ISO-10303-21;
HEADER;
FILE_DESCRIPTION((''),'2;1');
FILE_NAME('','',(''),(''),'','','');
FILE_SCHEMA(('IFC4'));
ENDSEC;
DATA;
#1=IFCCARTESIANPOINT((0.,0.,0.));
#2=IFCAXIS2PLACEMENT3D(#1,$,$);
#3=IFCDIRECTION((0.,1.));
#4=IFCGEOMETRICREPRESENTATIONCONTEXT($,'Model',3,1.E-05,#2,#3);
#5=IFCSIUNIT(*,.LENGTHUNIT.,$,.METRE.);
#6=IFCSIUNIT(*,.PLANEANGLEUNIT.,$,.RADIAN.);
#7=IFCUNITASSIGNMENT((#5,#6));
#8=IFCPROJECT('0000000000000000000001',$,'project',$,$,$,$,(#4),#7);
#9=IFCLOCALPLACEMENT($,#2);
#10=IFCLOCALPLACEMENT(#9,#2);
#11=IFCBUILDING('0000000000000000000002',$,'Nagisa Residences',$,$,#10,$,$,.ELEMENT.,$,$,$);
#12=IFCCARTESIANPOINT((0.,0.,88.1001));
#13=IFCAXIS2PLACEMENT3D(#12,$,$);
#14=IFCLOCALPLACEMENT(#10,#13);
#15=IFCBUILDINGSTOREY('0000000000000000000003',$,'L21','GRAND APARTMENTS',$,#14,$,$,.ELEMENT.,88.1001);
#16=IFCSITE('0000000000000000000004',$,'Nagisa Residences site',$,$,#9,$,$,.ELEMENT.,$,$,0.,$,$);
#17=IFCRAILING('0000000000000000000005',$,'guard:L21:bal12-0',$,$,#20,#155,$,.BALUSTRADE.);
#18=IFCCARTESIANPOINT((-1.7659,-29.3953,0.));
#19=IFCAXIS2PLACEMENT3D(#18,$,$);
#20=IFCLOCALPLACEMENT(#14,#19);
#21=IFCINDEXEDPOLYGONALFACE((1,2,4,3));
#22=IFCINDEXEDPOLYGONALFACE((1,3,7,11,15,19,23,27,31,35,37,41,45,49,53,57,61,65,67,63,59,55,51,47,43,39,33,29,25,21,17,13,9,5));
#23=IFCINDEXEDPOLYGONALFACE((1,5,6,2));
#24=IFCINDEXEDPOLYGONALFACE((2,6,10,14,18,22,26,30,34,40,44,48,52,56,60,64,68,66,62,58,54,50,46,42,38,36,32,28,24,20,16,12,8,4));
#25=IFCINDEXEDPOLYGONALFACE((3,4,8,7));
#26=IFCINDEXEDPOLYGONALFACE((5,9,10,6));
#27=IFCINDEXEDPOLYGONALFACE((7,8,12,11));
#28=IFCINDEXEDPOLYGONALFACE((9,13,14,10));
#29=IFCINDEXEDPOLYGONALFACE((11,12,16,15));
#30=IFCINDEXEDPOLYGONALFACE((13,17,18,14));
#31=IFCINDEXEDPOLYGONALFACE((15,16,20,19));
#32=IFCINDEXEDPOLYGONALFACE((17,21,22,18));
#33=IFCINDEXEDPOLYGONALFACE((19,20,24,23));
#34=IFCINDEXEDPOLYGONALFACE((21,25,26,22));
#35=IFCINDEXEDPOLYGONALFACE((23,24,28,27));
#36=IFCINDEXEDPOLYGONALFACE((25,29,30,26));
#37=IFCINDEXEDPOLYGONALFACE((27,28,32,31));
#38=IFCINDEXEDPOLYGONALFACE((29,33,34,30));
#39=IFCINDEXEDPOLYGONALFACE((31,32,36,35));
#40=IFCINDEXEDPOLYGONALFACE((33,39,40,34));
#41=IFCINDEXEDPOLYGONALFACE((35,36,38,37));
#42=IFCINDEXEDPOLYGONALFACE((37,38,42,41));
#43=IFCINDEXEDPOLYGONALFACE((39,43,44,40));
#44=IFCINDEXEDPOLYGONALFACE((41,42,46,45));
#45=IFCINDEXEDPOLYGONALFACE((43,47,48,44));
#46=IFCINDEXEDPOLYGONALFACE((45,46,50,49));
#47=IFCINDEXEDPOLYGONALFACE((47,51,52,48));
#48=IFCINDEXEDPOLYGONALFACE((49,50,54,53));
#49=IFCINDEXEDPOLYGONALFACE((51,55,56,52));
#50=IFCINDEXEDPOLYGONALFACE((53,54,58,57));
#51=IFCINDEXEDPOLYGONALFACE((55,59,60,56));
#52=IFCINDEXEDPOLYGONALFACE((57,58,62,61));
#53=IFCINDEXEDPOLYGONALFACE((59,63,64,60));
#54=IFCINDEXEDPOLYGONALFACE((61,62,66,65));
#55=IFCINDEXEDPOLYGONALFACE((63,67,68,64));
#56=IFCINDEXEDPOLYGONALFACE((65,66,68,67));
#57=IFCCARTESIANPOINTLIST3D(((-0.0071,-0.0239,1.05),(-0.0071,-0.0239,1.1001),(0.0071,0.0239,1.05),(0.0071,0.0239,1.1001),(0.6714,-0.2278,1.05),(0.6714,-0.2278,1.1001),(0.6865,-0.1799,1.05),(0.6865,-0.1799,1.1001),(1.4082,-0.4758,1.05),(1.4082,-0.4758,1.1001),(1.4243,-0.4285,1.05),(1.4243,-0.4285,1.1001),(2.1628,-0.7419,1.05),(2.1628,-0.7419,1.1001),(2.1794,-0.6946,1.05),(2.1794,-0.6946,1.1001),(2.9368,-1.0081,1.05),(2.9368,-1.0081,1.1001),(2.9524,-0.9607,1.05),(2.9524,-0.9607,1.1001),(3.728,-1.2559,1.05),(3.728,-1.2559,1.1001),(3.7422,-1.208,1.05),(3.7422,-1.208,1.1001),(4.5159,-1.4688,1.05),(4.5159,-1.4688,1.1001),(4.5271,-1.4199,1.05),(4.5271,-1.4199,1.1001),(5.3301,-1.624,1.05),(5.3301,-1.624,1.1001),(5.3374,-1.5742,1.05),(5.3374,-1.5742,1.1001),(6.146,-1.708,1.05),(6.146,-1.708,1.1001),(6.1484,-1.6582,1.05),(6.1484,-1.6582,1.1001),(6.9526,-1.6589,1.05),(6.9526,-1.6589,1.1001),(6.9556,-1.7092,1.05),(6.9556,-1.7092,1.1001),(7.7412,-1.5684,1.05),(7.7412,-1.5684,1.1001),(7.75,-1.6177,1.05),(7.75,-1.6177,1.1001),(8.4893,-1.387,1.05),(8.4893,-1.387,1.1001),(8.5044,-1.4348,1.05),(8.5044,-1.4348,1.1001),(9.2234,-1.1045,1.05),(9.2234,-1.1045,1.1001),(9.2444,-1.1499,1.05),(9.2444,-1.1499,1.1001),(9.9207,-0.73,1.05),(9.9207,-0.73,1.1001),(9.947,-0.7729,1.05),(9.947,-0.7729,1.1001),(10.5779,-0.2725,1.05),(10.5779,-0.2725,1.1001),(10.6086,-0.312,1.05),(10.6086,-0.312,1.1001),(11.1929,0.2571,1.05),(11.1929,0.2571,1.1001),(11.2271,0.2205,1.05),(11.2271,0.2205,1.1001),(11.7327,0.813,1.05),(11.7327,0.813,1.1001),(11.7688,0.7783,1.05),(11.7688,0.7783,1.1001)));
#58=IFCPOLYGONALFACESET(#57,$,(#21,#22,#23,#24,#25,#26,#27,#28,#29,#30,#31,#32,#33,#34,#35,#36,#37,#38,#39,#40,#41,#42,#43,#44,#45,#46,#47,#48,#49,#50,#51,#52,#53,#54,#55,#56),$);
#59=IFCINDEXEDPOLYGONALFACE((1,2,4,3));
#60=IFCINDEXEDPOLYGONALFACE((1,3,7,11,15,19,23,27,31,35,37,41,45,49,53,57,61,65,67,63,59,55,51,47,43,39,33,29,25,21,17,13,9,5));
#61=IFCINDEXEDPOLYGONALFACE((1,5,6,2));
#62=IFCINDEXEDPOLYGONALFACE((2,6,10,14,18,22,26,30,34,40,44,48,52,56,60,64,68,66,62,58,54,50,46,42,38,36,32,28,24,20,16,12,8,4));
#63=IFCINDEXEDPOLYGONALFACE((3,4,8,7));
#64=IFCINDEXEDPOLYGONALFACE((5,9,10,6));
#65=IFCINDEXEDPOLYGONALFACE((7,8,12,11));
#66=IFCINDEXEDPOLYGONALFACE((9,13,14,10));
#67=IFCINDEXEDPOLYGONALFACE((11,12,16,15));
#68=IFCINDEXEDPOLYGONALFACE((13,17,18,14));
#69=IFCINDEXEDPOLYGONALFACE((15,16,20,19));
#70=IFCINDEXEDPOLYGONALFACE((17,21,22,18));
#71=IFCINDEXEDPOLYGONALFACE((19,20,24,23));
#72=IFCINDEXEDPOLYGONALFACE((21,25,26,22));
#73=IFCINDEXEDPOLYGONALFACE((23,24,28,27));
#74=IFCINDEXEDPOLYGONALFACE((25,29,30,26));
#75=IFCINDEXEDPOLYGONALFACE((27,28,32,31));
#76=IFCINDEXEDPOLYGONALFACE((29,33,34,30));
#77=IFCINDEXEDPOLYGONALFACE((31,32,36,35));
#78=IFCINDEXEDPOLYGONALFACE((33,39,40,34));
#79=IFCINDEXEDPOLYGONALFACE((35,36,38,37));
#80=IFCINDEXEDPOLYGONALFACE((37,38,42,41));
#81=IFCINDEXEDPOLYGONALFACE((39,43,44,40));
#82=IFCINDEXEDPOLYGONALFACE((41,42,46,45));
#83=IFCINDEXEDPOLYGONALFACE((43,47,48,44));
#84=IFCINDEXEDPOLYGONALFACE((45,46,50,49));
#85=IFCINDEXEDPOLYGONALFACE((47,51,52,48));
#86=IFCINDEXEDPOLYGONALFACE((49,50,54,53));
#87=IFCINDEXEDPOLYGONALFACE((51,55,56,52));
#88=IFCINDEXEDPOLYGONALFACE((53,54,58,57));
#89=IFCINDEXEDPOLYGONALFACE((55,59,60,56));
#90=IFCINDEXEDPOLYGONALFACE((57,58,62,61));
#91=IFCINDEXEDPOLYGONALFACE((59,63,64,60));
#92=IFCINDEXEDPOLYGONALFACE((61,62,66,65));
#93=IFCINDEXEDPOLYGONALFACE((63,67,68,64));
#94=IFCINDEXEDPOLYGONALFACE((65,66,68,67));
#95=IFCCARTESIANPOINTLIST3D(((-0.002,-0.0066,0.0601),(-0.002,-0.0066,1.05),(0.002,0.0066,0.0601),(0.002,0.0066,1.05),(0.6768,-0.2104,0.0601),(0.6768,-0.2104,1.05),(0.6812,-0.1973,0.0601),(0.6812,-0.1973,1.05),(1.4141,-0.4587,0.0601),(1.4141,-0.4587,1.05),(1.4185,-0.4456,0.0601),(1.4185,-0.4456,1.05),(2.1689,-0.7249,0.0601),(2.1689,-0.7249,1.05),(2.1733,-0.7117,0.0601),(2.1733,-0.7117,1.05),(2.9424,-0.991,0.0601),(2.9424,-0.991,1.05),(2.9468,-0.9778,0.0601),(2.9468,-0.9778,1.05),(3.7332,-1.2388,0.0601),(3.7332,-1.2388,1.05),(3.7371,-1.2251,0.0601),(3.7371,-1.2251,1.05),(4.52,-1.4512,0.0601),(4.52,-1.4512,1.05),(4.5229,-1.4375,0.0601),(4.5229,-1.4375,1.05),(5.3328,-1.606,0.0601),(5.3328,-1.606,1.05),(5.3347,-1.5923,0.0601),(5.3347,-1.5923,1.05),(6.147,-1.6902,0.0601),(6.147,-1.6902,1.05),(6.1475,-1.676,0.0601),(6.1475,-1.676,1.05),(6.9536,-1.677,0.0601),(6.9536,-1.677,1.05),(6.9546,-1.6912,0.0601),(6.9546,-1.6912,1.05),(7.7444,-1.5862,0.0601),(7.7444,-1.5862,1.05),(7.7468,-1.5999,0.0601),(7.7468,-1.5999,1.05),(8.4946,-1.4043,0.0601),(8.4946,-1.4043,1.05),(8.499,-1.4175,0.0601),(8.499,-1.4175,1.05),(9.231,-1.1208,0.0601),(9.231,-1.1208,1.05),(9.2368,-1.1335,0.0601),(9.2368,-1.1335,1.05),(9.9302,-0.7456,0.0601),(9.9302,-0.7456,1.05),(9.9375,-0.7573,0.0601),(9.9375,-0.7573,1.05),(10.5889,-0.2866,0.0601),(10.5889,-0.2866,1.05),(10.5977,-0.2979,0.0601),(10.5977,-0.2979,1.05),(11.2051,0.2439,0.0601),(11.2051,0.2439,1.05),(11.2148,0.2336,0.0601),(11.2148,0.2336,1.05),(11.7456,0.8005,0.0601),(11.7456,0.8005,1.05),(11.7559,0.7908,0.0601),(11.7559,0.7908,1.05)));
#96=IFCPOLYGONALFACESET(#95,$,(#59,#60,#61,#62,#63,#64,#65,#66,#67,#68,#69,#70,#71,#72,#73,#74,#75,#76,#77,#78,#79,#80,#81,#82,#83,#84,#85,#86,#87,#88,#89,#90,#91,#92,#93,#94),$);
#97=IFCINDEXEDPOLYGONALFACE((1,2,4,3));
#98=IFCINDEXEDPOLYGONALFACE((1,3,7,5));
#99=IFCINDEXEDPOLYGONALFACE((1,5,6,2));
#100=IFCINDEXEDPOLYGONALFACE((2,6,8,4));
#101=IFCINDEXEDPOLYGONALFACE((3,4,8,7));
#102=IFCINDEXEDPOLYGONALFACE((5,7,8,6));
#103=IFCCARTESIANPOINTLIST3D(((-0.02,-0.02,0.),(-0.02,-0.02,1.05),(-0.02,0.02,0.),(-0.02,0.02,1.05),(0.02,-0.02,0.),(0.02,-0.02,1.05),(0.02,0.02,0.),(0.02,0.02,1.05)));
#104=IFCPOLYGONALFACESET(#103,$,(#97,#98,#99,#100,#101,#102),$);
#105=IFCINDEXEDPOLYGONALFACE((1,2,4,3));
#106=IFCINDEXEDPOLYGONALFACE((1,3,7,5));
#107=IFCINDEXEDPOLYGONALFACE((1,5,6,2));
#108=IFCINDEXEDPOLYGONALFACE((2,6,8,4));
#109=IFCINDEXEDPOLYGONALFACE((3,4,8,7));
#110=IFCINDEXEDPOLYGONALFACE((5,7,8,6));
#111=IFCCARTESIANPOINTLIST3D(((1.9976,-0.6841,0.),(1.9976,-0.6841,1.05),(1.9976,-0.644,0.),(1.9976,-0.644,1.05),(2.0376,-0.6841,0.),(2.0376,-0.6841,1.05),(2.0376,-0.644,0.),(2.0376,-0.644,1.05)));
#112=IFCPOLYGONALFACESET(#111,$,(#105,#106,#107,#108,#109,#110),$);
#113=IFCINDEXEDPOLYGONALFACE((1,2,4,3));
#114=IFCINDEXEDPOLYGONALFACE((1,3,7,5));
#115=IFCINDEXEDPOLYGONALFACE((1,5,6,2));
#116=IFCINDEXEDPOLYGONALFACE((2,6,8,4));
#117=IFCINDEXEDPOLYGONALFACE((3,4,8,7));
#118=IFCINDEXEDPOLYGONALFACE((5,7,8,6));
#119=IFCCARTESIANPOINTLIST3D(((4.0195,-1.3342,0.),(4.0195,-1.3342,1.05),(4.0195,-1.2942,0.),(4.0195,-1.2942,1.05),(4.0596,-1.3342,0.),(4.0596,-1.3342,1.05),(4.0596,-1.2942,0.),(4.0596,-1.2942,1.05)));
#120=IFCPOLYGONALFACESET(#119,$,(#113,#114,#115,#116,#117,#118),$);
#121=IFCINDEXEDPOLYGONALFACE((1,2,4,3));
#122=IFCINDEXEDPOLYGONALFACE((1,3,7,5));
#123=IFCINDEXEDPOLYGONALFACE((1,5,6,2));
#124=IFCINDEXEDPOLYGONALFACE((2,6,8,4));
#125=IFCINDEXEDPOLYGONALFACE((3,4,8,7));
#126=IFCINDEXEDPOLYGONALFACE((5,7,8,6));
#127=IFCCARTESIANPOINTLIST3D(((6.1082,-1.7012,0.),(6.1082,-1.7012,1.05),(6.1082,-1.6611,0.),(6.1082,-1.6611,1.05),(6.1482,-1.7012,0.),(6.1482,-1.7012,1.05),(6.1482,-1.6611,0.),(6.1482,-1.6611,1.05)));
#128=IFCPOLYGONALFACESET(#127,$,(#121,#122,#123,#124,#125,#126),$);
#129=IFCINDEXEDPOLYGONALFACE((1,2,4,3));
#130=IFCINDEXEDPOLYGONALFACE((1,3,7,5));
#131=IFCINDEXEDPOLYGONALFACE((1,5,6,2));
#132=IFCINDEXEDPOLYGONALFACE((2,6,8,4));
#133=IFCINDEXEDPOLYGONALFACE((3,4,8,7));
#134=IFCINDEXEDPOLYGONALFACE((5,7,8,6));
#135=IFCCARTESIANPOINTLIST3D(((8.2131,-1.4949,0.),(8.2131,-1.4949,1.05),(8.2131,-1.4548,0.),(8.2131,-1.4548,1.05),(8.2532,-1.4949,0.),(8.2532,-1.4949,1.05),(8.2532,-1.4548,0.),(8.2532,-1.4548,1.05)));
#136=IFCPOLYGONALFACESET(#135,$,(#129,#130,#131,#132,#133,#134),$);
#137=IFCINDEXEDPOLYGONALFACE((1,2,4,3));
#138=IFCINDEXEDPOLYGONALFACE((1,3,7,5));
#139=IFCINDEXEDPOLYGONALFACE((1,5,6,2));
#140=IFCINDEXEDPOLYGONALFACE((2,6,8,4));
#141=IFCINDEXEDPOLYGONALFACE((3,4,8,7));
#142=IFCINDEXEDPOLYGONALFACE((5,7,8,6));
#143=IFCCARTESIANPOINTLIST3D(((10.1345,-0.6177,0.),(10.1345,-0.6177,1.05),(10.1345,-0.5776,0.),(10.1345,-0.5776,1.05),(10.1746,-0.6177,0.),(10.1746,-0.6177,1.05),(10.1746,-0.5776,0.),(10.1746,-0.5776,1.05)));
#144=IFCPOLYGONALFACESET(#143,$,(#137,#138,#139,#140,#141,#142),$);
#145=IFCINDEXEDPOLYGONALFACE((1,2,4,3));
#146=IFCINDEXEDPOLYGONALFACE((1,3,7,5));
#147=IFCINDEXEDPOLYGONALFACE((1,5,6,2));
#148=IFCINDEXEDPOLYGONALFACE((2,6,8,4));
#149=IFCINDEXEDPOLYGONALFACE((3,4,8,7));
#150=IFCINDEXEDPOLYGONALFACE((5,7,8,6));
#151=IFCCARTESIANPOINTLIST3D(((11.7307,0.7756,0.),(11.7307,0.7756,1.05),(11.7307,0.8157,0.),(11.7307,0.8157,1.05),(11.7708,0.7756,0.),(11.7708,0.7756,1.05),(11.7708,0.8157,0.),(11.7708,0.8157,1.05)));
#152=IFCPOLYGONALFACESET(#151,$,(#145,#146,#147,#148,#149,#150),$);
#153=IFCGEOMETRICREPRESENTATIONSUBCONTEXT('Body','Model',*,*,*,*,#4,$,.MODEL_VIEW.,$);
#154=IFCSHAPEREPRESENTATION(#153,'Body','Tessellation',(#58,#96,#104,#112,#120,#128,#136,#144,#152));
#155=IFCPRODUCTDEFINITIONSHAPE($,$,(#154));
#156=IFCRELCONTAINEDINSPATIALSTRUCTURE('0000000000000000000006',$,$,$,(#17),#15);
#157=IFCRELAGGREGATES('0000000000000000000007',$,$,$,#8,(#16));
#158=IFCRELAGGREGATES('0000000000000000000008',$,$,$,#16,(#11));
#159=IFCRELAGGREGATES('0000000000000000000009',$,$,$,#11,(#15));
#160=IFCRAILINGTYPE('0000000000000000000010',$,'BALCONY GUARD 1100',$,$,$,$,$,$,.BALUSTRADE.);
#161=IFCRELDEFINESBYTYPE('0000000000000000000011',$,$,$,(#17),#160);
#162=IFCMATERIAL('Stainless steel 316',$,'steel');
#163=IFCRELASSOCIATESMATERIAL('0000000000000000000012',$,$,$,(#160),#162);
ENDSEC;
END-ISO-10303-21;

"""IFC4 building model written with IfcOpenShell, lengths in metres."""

from ifc_helpers import new_model, si_unit, direction, frame, origin, origin_2d, place, context, subcontext, project, spatial, polyline, rectangle, outline, extrude, material, type_object, element, save


model = new_model("IFC4")

# Units and contexts
model_context = context("Model", 3, precision=1e-05, world=origin(), true_north=direction((0.0, 1.0)))
body_context = subcontext(model_context, "Body", "Model", "MODEL_VIEW")
ifc_project = project(units=[si_unit("LENGTHUNIT", "METRE"), si_unit("PLANEANGLEUNIT", "RADIAN")], contexts=[model_context])

# Site, building, storey
site_placement = place(None, origin())
site = spatial("IfcSite", under=ifc_project, at=site_placement, Name="Nagisa Residences site", CompositionType="ELEMENT", RefElevation=0.0)
building_placement = place(site_placement, origin())
building = spatial("IfcBuilding", under=site, at=building_placement, Name="Nagisa Residences", CompositionType="ELEMENT")
storey_placement = place(building_placement, frame((0.0, 0.0, 88.1001)))
storey = spatial("IfcBuildingStorey", under=building, at=storey_placement, Name="L21", Description="GRAND APARTMENTS", CompositionType="ELEMENT", Elevation=88.1001)

# Railing
ifc_material_1 = material(Name="Stainless steel 316", Category="steel")
railing_type = type_object("IfcRailingType", Name="BALCONY GUARD 1100", PredefinedType="BALUSTRADE", material=ifc_material_1)
railing_placement = place(storey_placement, frame((-1.7659, -29.3953, 0.0)))
element("IfcRailing", 1, at=railing_placement, inside=storey, type_object=railing_type, Name="guard:L21:bal12-0", PredefinedType="BALUSTRADE", context=body_context, shape_type="SweptSolid", body=[
    extrude(outline(polyline([(0.6865, -0.1799), (0.0071, 0.0239), (-0.0071, -0.0239), (0.6714, -0.2278), (1.4082, -0.4758), (2.1628, -0.7419), (2.9368, -1.0081), (3.728, -1.2559), (4.5159, -1.4688), (5.3301, -1.624), (6.146, -1.708), (6.9556, -1.7092), (7.75, -1.6177), (8.5044, -1.4348), (9.2444, -1.1499), (9.947, -0.7729), (10.6086, -0.312), (11.2271, 0.2205), (11.7688, 0.7783), (11.7327, 0.813), (11.1929, 0.2571), (10.5779, -0.2725), (9.9207, -0.73), (9.2234, -1.1045), (8.4893, -1.387), (7.7412, -1.5684), (6.9526, -1.6589), (6.1484, -1.6582), (5.3374, -1.5742), (4.5271, -1.4199), (3.7422, -1.208), (2.9524, -0.9607), (2.1794, -0.6946), (1.4243, -0.4285), (0.6865, -0.1799)])), frame((0.0, 0.0, 1.05)), (0.0, 0.0, 1.0), 0.05),
    extrude(outline(polyline([(0.6812, -0.1973), (0.002, 0.0066), (-0.002, -0.0066), (0.6768, -0.2104), (1.4141, -0.4587), (2.1689, -0.7249), (2.9424, -0.991), (3.7332, -1.2388), (4.52, -1.4512), (5.3328, -1.606), (6.147, -1.6902), (6.9546, -1.6912), (7.7468, -1.5999), (8.499, -1.4175), (9.2368, -1.1335), (9.9375, -0.7573), (10.5977, -0.2979), (11.2148, 0.2336), (11.7559, 0.7908), (11.7456, 0.8005), (11.2051, 0.2439), (10.5889, -0.2866), (9.9302, -0.7456), (9.231, -1.1208), (8.4946, -1.4043), (7.7444, -1.5862), (6.9536, -1.677), (6.1475, -1.676), (5.3347, -1.5923), (4.5229, -1.4375), (3.7371, -1.2251), (2.9468, -0.9778), (2.1733, -0.7117), (1.4185, -0.4456), (0.6812, -0.1973)])), frame((0.0, 0.0, 0.0601)), (0.0, 0.0, 1.0), 0.99),
    extrude(rectangle(XDim=0.04, YDim=0.04, at=origin_2d()), origin(), (0.0, 0.0, 1.0), 1.05),
    extrude(rectangle(XDim=0.04, YDim=0.04, at=origin_2d()), frame((2.0176, -0.6641, 0.0)), (0.0, 0.0, 1.0), 1.05),
    extrude(rectangle(XDim=0.04, YDim=0.04, at=origin_2d()), frame((4.0396, -1.3142, 0.0)), (0.0, 0.0, 1.0), 1.05),
    extrude(rectangle(XDim=0.04, YDim=0.04, at=origin_2d()), frame((6.1282, -1.6812, 0.0)), (0.0, 0.0, 1.0), 1.05),
    extrude(rectangle(XDim=0.04, YDim=0.04, at=origin_2d()), frame((8.2332, -1.4749, 0.0)), (0.0, 0.0, 1.0), 1.05),
    extrude(rectangle(XDim=0.04, YDim=0.04, at=origin_2d()), frame((10.1545, -0.5977, 0.0)), (0.0, 0.0, 1.0), 1.05),
    extrude(rectangle(XDim=0.04, YDim=0.04, at=origin_2d()), frame((11.7507, 0.7957, 0.0)), (0.0, 0.0, 1.0), 1.05),
])

save(model, "model.ifc")
